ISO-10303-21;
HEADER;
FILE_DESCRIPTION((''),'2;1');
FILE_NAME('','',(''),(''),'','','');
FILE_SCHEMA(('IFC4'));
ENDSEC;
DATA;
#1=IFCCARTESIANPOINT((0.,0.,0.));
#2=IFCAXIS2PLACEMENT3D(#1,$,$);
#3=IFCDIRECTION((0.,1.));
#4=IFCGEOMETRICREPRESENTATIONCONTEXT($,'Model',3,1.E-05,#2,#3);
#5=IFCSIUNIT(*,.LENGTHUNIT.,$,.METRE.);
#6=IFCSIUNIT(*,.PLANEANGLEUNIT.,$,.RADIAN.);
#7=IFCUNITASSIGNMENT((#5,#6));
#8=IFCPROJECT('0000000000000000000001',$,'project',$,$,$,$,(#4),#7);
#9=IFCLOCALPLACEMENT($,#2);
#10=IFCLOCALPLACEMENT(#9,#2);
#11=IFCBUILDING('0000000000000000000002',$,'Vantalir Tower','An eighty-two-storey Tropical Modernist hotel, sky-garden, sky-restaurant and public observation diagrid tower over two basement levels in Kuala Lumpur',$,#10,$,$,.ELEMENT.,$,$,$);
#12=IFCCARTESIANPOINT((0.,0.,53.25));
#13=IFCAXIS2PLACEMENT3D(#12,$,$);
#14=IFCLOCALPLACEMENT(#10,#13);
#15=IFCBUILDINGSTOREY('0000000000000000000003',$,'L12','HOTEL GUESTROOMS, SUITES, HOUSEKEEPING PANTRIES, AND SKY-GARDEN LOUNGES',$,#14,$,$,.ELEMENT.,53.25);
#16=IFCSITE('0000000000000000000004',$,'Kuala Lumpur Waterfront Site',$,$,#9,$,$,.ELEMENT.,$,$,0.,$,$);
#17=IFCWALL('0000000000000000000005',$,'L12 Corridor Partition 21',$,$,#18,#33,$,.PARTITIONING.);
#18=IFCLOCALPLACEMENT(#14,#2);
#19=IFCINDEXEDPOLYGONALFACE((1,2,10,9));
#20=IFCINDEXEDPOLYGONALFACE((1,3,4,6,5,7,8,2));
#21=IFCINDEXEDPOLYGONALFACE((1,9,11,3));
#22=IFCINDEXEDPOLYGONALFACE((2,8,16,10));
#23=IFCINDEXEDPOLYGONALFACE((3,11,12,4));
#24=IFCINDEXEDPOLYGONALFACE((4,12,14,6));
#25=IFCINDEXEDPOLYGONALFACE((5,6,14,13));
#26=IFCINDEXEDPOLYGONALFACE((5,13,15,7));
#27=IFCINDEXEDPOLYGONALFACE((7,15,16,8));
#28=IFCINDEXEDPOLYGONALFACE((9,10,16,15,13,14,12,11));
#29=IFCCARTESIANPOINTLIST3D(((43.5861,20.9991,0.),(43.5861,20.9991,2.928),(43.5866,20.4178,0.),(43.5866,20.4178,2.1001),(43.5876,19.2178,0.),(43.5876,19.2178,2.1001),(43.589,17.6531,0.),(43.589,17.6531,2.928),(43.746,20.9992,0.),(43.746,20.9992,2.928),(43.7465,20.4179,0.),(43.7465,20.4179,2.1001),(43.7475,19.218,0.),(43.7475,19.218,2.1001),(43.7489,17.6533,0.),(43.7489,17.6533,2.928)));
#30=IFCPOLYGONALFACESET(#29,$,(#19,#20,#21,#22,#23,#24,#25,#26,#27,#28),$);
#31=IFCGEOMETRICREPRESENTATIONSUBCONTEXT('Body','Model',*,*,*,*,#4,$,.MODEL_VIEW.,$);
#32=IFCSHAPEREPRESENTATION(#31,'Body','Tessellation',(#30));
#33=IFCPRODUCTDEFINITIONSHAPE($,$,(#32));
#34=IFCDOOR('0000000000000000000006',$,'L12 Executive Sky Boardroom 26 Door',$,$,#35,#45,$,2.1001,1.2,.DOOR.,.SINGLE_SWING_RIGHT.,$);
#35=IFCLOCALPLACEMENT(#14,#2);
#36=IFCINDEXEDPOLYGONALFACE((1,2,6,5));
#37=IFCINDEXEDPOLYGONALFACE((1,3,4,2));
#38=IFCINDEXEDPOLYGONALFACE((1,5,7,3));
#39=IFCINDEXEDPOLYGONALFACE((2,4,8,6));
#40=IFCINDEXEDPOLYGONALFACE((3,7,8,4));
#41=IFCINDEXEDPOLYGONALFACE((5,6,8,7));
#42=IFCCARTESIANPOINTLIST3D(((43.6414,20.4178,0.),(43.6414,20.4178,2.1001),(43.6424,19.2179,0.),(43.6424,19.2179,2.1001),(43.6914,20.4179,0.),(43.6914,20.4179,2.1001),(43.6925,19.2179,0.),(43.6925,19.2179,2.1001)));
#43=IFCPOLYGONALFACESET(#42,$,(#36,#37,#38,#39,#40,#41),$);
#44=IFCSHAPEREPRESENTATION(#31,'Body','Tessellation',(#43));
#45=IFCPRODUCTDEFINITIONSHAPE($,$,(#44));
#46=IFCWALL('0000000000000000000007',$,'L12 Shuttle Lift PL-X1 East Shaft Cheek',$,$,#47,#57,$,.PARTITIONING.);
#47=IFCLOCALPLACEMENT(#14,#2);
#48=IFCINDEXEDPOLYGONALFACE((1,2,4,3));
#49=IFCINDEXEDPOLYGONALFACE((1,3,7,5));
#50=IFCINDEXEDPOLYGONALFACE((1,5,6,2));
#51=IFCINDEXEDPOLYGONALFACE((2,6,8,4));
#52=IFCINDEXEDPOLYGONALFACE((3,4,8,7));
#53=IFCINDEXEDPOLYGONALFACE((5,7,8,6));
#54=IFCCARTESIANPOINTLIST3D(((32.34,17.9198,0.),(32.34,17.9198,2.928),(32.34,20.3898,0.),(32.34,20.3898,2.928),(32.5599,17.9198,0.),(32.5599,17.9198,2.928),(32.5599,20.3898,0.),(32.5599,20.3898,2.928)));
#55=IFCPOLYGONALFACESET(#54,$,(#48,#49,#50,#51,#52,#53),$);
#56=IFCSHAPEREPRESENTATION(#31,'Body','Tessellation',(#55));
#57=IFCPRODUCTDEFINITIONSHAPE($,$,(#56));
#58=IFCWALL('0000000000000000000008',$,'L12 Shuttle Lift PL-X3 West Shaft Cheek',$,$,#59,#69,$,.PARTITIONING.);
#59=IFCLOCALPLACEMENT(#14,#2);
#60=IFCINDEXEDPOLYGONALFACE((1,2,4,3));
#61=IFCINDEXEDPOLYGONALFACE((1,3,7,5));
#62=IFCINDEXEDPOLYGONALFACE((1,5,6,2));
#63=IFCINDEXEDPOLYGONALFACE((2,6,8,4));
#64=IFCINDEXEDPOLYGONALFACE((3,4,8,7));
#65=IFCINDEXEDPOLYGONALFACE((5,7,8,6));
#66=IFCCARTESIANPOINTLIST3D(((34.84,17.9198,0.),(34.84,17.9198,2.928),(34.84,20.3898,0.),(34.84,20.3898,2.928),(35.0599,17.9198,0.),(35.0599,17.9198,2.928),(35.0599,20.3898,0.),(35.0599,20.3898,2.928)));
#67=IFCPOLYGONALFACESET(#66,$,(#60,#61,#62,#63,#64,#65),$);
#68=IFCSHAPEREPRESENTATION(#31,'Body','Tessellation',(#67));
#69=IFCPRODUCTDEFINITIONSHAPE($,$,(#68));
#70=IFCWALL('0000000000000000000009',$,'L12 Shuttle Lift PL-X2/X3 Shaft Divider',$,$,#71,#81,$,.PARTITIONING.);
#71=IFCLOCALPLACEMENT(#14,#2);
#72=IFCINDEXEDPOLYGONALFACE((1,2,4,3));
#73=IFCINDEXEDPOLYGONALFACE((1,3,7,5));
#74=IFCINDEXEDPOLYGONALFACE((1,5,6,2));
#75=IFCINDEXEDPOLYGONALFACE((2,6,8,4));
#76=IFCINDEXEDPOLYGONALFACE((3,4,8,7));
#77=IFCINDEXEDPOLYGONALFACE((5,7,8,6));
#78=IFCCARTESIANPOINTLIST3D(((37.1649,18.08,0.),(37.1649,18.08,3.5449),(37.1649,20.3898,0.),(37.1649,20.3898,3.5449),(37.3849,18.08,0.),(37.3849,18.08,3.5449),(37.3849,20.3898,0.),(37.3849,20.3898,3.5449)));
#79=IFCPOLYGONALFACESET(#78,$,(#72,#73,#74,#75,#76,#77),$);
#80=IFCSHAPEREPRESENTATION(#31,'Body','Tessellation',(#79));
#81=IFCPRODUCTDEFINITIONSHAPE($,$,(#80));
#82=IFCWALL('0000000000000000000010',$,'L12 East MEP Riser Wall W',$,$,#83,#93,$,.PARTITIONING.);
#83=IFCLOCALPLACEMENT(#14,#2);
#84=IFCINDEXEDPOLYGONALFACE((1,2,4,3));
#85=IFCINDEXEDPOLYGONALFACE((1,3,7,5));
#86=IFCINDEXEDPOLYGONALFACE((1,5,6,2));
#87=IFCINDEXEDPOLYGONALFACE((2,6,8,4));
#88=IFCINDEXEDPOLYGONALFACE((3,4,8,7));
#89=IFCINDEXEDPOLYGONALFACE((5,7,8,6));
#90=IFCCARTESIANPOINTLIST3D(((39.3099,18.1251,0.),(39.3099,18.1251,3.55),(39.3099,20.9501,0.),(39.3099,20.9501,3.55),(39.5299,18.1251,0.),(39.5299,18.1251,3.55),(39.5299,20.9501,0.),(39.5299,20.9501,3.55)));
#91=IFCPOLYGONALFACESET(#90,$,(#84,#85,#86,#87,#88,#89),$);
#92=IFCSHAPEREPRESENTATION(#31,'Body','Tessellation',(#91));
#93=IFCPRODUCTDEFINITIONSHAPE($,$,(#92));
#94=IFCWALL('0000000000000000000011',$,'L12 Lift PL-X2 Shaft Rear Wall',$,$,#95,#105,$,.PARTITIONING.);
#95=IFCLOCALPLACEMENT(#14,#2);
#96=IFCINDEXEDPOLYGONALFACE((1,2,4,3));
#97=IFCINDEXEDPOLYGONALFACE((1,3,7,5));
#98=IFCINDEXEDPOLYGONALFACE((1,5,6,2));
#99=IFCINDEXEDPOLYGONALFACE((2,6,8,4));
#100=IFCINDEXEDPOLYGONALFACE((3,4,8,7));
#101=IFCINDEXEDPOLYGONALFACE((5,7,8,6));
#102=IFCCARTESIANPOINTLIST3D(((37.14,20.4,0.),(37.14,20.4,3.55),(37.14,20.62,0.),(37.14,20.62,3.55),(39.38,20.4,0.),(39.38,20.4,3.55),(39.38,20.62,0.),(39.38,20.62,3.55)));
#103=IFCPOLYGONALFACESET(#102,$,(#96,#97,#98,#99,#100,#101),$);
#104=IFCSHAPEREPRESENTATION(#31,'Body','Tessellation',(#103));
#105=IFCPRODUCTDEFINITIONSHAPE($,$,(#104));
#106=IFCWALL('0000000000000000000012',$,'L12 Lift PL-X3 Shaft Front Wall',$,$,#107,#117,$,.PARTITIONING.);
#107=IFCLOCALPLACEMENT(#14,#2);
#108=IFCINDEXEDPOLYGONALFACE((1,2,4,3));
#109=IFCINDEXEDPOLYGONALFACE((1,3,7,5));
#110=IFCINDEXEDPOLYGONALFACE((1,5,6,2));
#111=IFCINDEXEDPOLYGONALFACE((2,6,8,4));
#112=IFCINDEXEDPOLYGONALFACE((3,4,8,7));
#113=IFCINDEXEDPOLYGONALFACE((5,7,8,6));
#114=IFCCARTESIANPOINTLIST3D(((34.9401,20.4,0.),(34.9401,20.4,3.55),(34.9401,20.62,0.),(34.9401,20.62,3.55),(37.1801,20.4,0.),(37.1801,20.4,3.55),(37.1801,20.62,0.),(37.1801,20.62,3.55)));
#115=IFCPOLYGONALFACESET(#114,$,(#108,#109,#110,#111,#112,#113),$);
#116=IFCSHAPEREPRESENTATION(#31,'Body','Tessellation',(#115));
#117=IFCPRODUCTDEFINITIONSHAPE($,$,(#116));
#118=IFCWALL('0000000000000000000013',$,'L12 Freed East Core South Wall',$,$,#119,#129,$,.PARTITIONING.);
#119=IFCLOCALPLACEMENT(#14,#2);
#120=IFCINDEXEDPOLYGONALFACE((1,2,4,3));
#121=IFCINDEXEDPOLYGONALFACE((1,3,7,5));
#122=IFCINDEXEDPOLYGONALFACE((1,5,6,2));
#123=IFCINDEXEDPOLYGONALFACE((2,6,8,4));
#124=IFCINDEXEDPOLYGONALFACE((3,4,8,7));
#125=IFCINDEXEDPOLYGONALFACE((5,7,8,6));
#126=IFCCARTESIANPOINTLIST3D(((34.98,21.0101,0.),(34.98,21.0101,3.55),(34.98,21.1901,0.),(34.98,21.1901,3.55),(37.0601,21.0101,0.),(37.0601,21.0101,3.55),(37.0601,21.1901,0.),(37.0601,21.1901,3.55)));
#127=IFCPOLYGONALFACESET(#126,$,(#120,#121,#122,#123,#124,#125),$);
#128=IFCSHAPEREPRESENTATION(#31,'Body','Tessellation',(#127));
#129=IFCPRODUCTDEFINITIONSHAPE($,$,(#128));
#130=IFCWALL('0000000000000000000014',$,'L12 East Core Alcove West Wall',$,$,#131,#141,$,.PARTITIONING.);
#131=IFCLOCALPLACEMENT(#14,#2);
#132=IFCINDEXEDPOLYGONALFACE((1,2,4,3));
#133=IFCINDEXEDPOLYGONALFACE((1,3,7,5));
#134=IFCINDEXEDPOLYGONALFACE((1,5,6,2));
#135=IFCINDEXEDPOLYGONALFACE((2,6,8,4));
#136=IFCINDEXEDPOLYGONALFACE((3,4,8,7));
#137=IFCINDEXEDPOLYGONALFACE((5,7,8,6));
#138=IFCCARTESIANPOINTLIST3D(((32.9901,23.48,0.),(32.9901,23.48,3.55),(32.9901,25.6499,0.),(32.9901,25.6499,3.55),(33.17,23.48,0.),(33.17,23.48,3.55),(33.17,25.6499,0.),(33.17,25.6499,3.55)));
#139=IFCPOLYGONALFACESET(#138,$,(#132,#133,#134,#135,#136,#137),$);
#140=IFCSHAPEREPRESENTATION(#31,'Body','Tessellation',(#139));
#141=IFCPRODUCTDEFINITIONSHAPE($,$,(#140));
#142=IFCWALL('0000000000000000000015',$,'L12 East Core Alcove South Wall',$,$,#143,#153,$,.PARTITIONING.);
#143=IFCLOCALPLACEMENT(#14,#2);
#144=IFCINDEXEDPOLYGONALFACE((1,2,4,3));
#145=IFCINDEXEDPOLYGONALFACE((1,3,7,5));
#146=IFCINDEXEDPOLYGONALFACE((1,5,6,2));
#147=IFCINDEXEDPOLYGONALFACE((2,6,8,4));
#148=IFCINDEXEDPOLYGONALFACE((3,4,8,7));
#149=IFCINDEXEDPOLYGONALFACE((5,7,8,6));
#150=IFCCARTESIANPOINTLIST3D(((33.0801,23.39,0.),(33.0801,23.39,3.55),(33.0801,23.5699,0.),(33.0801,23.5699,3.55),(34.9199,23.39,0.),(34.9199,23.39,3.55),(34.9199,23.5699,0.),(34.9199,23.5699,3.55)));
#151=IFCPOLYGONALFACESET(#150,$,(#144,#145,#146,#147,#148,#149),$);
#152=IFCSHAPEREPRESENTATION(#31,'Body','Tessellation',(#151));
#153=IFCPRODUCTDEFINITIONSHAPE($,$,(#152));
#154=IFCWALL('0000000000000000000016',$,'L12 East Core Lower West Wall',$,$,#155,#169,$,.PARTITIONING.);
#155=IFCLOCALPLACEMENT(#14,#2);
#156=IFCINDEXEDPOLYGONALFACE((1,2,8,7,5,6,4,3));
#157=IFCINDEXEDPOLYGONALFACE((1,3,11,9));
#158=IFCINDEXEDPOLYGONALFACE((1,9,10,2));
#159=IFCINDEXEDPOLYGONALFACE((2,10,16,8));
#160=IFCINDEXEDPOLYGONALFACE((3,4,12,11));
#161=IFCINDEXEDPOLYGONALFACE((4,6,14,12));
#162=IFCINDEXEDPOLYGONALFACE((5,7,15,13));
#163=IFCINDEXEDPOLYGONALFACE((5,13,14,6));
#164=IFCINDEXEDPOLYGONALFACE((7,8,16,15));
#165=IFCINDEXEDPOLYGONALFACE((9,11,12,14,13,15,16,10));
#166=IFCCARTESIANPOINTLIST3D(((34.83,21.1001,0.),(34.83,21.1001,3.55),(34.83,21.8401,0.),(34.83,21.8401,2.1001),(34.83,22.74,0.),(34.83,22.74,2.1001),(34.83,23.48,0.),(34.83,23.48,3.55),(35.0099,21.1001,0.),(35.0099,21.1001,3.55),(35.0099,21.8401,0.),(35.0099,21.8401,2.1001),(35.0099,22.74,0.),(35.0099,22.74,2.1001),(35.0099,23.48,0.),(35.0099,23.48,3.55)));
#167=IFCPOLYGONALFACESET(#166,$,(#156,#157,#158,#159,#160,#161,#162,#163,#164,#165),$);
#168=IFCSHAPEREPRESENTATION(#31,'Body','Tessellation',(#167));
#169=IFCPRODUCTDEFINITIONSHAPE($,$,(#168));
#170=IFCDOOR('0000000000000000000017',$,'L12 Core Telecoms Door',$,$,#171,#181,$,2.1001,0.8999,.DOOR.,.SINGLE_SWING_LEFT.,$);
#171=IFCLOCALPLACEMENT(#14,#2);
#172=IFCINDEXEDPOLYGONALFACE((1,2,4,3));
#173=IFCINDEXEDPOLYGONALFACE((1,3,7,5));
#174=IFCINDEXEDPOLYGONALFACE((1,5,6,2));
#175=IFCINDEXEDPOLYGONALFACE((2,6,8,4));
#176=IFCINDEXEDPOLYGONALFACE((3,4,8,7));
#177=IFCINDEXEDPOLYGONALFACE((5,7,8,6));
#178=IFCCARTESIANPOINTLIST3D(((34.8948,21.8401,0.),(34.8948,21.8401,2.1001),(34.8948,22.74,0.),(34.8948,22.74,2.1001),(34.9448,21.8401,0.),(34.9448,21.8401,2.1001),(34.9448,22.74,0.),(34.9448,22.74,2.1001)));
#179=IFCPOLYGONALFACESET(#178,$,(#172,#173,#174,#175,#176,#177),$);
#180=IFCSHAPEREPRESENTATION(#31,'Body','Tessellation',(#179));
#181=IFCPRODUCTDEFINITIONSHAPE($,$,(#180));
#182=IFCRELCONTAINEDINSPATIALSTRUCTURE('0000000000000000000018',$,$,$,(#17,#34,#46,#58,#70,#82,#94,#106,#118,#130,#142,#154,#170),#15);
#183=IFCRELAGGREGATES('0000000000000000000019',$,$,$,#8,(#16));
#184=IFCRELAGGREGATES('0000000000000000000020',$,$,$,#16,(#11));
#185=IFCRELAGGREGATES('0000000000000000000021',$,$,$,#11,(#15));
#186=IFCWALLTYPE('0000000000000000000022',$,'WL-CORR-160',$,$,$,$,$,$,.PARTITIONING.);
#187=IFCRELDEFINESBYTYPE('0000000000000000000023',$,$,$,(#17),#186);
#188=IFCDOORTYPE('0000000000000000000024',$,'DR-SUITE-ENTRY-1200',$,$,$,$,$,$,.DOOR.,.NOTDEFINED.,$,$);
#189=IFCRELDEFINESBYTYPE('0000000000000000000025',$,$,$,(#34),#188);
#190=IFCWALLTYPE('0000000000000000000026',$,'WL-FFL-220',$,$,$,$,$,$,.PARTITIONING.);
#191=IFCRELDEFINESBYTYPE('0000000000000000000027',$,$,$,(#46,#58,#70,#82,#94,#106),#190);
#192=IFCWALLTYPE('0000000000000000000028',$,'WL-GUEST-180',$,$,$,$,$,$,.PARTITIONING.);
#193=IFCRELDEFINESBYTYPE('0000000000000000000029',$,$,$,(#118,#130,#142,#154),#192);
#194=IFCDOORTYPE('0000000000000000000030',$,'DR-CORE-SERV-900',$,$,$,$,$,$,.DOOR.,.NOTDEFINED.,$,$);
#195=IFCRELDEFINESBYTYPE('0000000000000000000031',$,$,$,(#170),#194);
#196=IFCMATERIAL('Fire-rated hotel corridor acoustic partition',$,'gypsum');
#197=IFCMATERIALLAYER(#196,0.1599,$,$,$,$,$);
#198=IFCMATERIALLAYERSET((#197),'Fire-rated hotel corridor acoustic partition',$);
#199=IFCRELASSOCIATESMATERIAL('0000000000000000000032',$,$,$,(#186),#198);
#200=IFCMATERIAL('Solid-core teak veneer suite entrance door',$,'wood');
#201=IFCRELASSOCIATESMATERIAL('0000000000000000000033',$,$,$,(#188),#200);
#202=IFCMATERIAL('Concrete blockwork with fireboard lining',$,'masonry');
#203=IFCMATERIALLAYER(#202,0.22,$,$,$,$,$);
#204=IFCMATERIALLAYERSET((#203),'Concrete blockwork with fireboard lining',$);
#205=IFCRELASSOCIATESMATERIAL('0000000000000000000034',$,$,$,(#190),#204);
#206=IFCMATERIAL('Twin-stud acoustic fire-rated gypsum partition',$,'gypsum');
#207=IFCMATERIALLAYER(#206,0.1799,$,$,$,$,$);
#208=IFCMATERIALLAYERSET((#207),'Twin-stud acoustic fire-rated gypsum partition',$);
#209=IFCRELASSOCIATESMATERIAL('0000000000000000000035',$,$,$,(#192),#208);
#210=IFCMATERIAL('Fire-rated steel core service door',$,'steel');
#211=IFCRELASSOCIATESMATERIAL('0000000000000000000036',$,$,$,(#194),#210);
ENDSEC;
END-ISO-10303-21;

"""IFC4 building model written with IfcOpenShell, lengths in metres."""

from ifc_helpers import new_model, si_unit, direction, frame, frame_2d, origin, place, context, subcontext, project, spatial, rectangle, extrude, material, layer, layer_set, type_object, element, fill, save


model = new_model("IFC4")

# Units and contexts
model_context = context("Model", 3, precision=1e-05, world=origin(), true_north=direction((0.0, 1.0)))
body_context = subcontext(model_context, "Body", "Model", "MODEL_VIEW")
ifc_project = project(units=[si_unit("LENGTHUNIT", "METRE"), si_unit("PLANEANGLEUNIT", "RADIAN")], contexts=[model_context])

# Site, building, storey
site_placement = place(None, origin())
site = spatial("IfcSite", under=ifc_project, at=site_placement, Name="Kuala Lumpur Waterfront Site", CompositionType="ELEMENT", RefElevation=0.0)
building_placement = place(site_placement, origin())
building = spatial("IfcBuilding", under=site, at=building_placement, Name="Vantalir Tower", Description="An eighty-two-storey Tropical Modernist hotel, sky-garden, sky-restaurant and public observation diagrid tower over two basement levels in Kuala Lumpur", CompositionType="ELEMENT")
storey_placement = place(building_placement, frame((0.0, 0.0, 53.25)))
storey = spatial("IfcBuildingStorey", under=building, at=storey_placement, Name="L12", Description="HOTEL GUESTROOMS, SUITES, HOUSEKEEPING PANTRIES, AND SKY-GARDEN LOUNGES", CompositionType="ELEMENT", Elevation=53.25)

# Wall, opening, door
ifc_material_1 = material(Name="Fire-rated hotel corridor acoustic partition", Category="gypsum")
ifc_layer_1 = layer(ifc_material_1, 0.1599)
ifc_layer_set_1 = layer_set([ifc_layer_1], Name="Fire-rated hotel corridor acoustic partition")
wall_type_1 = type_object("IfcWallType", Name="WL-CORR-160", PredefinedType="PARTITIONING", material=ifc_layer_set_1)
wall_1_placement = place(storey_placement, frame((43.666, 20.999, 0.0), z_axis=(0.0, 0.0, 1.0), x_axis=(0.000876, -1.0, 0.0)))
wall_1 = element("IfcWall", 1, at=wall_1_placement, inside=storey, type_object=wall_type_1, Name="L12 Corridor Partition 21", PredefinedType="PARTITIONING", context=body_context, shape_type="SweptSolid", body=[
    extrude(rectangle(XDim=3.3459, YDim=0.1599, at=frame_2d((1.6729, 0.0))), origin(), (0.0, 0.0, 1.0), 2.928),
])
opening_1_placement = place(wall_1_placement, frame((0.5811, 0.0, 0.0)))
opening_1 = element("IfcOpeningElement", 2, at=opening_1_placement, cuts=wall_1, PredefinedType="OPENING", context=body_context, shape_type="SweptSolid", body=[
    extrude(rectangle(XDim=1.2, YDim=2.1001, at=frame_2d((0.6001, 1.05))), frame((0.0, 0.0898, 0.0), z_axis=(0.0, -1.0, 0.0), x_axis=(1.0, 0.0, 0.0)), (0.0, 0.0, 1.0), 0.1799),
])
ifc_material_2 = material(Name="Solid-core teak veneer suite entrance door", Category="wood")
door_type_1 = type_object("IfcDoorType", Name="DR-SUITE-ENTRY-1200", OperationType="NOTDEFINED", PredefinedType="DOOR", material=ifc_material_2)
door_1_placement = place(opening_1_placement, origin())
door_1 = element("IfcDoor", 3, at=door_1_placement, inside=storey, type_object=door_type_1, Name="L12 Executive Sky Boardroom 26 Door", OperationType="SINGLE_SWING_RIGHT", OverallHeight=2.1001, OverallWidth=1.2, PredefinedType="DOOR", context=body_context, shape_type="SweptSolid", body=[
    extrude(rectangle(XDim=1.2, YDim=2.1001, at=frame_2d((0.6001, 1.05))), frame((0.0, 0.0249, 0.0), z_axis=(0.0, -1.0, 0.0), x_axis=(1.0, 0.0, 0.0)), (0.0, 0.0, 1.0), 0.05),
])
fill(opening_1, door_1)

# Walls
ifc_material_3 = material(Name="Concrete blockwork with fireboard lining", Category="masonry")
ifc_layer_2 = layer(ifc_material_3, 0.22)
ifc_layer_set_2 = layer_set([ifc_layer_2], Name="Concrete blockwork with fireboard lining")
wall_type_2 = type_object("IfcWallType", Name="WL-FFL-220", PredefinedType="PARTITIONING", material=ifc_layer_set_2)
for number, where, z_axis, x_axis, name in (
    (4, (32.45, 17.9199, 0.0), (0.0, 0.0, 1.0), (0.0, 1.0, 0.0), "L12 Shuttle Lift PL-X1 East Shaft Cheek"),
    (5, (34.95, 17.9199, 0.0), (0.0, 0.0, 1.0), (0.0, 1.0, 0.0), "L12 Shuttle Lift PL-X3 West Shaft Cheek"),
):
    element("IfcWall", number, at=place(storey_placement, frame(where, z_axis=z_axis, x_axis=x_axis)), inside=storey, type_object=wall_type_2, Name=name, PredefinedType="PARTITIONING", context=body_context, shape_type="SweptSolid", body=[
        extrude(rectangle(XDim=2.47, YDim=0.22, at=frame_2d((1.2349, 0.0))), origin(), (0.0, 0.0, 1.0), 2.928),
    ])
wall_2_placement = place(storey_placement, frame((37.2749, 18.0801, 0.0), z_axis=(0.0, 0.0, 1.0), x_axis=(0.0, 1.0, 0.0)))
element("IfcWall", 6, at=wall_2_placement, inside=storey, type_object=wall_type_2, Name="L12 Shuttle Lift PL-X2/X3 Shaft Divider", PredefinedType="PARTITIONING", context=body_context, shape_type="SweptSolid", body=[
    extrude(rectangle(XDim=2.3098, YDim=0.22, at=frame_2d((1.1548, 0.0))), origin(), (0.0, 0.0, 1.0), 3.5449),
])
wall_3_placement = place(storey_placement, frame((39.4199, 18.125, 0.0), z_axis=(0.0, 0.0, 1.0), x_axis=(0.0, 1.0, 0.0)))
element("IfcWall", 7, at=wall_3_placement, inside=storey, type_object=wall_type_2, Name="L12 East MEP Riser Wall W", PredefinedType="PARTITIONING", context=body_context, shape_type="SweptSolid", body=[
    extrude(rectangle(XDim=2.825, YDim=0.22, at=frame_2d((1.4126, 0.0))), origin(), (0.0, 0.0, 1.0), 3.55),
])
for number, where, z_axis, x_axis, name in (
    (8, (37.1399, 20.51, 0.0), (0.0, 0.0, 1.0), (1.0, 0.0, 0.0), "L12 Lift PL-X2 Shaft Rear Wall"),
    (9, (34.9399, 20.51, 0.0), (0.0, 0.0, 1.0), (1.0, 0.0, 0.0), "L12 Lift PL-X3 Shaft Front Wall"),
):
    element("IfcWall", number, at=place(storey_placement, frame(where, z_axis=z_axis, x_axis=x_axis)), inside=storey, type_object=wall_type_2, Name=name, PredefinedType="PARTITIONING", context=body_context, shape_type="SweptSolid", body=[
        extrude(rectangle(XDim=2.24, YDim=0.22, at=frame_2d((1.1201, 0.0))), origin(), (0.0, 0.0, 1.0), 3.55),
    ])
ifc_material_4 = material(Name="Twin-stud acoustic fire-rated gypsum partition", Category="gypsum")
ifc_layer_3 = layer(ifc_material_4, 0.1799)
ifc_layer_set_3 = layer_set([ifc_layer_3], Name="Twin-stud acoustic fire-rated gypsum partition")
wall_type_3 = type_object("IfcWallType", Name="WL-GUEST-180", PredefinedType="PARTITIONING", material=ifc_layer_set_3)
wall_4_placement = place(storey_placement, frame((34.98, 21.1001, 0.0), z_axis=(0.0, 0.0, 1.0), x_axis=(1.0, 0.0, 0.0)))
element("IfcWall", 10, at=wall_4_placement, inside=storey, type_object=wall_type_3, Name="L12 Freed East Core South Wall", PredefinedType="PARTITIONING", context=body_context, shape_type="SweptSolid", body=[
    extrude(rectangle(XDim=2.0801, YDim=0.1799, at=frame_2d((1.04, 0.0))), origin(), (0.0, 0.0, 1.0), 3.55),
])
wall_5_placement = place(storey_placement, frame((33.0801, 23.48, 0.0), z_axis=(0.0, 0.0, 1.0), x_axis=(0.0, 1.0, 0.0)))
element("IfcWall", 11, at=wall_5_placement, inside=storey, type_object=wall_type_3, Name="L12 East Core Alcove West Wall", PredefinedType="PARTITIONING", context=body_context, shape_type="SweptSolid", body=[
    extrude(rectangle(XDim=2.1699, YDim=0.1799, at=frame_2d((1.085, 0.0))), origin(), (0.0, 0.0, 1.0), 3.55),
])
wall_6_placement = place(storey_placement, frame((33.0801, 23.48, 0.0), z_axis=(0.0, 0.0, 1.0), x_axis=(1.0, 0.0, 0.0)))
element("IfcWall", 12, at=wall_6_placement, inside=storey, type_object=wall_type_3, Name="L12 East Core Alcove South Wall", PredefinedType="PARTITIONING", context=body_context, shape_type="SweptSolid", body=[
    extrude(rectangle(XDim=1.8398, YDim=0.1799, at=frame_2d((0.9199, 0.0))), origin(), (0.0, 0.0, 1.0), 3.55),
])

# Wall, opening, door
wall_7_placement = place(storey_placement, frame((34.9199, 21.1001, 0.0), z_axis=(0.0, 0.0, 1.0), x_axis=(0.0, 1.0, 0.0)))
wall_7 = element("IfcWall", 13, at=wall_7_placement, inside=storey, type_object=wall_type_3, Name="L12 East Core Lower West Wall", PredefinedType="PARTITIONING", context=body_context, shape_type="SweptSolid", body=[
    extrude(rectangle(XDim=2.3799, YDim=0.1799, at=frame_2d((1.1899, 0.0))), origin(), (0.0, 0.0, 1.0), 3.55),
])
opening_2_placement = place(wall_7_placement, frame((0.74, 0.0, 0.0)))
opening_2 = element("IfcOpeningElement", 14, at=opening_2_placement, cuts=wall_7, PredefinedType="OPENING", context=body_context, shape_type="SweptSolid", body=[
    extrude(rectangle(XDim=0.8999, YDim=2.1001, at=frame_2d((0.45, 1.05))), frame((0.0, 0.0999, 0.0), z_axis=(0.0, -1.0, 0.0), x_axis=(1.0, 0.0, 0.0)), (0.0, 0.0, 1.0), 0.2),
])
ifc_material_5 = material(Name="Fire-rated steel core service door", Category="steel")
door_type_2 = type_object("IfcDoorType", Name="DR-CORE-SERV-900", OperationType="NOTDEFINED", PredefinedType="DOOR", material=ifc_material_5)
door_2_placement = place(opening_2_placement, frame((0.8999, 0.0, 0.0), z_axis=(0.0, 0.0, 1.0), x_axis=(-1.0, 0.0, 0.0)))
door_2 = element("IfcDoor", 15, at=door_2_placement, inside=storey, type_object=door_type_2, Name="L12 Core Telecoms Door", OperationType="SINGLE_SWING_LEFT", OverallHeight=2.1001, OverallWidth=0.8999, PredefinedType="DOOR", context=body_context, shape_type="SweptSolid", body=[
    extrude(rectangle(XDim=0.8999, YDim=2.1001, at=frame_2d((0.45, 1.05))), frame((0.0, 0.0249, 0.0), z_axis=(0.0, -1.0, 0.0), x_axis=(1.0, 0.0, 0.0)), (0.0, 0.0, 1.0), 0.05),
])
fill(opening_2, door_2)

save(model, "model.ifc")
